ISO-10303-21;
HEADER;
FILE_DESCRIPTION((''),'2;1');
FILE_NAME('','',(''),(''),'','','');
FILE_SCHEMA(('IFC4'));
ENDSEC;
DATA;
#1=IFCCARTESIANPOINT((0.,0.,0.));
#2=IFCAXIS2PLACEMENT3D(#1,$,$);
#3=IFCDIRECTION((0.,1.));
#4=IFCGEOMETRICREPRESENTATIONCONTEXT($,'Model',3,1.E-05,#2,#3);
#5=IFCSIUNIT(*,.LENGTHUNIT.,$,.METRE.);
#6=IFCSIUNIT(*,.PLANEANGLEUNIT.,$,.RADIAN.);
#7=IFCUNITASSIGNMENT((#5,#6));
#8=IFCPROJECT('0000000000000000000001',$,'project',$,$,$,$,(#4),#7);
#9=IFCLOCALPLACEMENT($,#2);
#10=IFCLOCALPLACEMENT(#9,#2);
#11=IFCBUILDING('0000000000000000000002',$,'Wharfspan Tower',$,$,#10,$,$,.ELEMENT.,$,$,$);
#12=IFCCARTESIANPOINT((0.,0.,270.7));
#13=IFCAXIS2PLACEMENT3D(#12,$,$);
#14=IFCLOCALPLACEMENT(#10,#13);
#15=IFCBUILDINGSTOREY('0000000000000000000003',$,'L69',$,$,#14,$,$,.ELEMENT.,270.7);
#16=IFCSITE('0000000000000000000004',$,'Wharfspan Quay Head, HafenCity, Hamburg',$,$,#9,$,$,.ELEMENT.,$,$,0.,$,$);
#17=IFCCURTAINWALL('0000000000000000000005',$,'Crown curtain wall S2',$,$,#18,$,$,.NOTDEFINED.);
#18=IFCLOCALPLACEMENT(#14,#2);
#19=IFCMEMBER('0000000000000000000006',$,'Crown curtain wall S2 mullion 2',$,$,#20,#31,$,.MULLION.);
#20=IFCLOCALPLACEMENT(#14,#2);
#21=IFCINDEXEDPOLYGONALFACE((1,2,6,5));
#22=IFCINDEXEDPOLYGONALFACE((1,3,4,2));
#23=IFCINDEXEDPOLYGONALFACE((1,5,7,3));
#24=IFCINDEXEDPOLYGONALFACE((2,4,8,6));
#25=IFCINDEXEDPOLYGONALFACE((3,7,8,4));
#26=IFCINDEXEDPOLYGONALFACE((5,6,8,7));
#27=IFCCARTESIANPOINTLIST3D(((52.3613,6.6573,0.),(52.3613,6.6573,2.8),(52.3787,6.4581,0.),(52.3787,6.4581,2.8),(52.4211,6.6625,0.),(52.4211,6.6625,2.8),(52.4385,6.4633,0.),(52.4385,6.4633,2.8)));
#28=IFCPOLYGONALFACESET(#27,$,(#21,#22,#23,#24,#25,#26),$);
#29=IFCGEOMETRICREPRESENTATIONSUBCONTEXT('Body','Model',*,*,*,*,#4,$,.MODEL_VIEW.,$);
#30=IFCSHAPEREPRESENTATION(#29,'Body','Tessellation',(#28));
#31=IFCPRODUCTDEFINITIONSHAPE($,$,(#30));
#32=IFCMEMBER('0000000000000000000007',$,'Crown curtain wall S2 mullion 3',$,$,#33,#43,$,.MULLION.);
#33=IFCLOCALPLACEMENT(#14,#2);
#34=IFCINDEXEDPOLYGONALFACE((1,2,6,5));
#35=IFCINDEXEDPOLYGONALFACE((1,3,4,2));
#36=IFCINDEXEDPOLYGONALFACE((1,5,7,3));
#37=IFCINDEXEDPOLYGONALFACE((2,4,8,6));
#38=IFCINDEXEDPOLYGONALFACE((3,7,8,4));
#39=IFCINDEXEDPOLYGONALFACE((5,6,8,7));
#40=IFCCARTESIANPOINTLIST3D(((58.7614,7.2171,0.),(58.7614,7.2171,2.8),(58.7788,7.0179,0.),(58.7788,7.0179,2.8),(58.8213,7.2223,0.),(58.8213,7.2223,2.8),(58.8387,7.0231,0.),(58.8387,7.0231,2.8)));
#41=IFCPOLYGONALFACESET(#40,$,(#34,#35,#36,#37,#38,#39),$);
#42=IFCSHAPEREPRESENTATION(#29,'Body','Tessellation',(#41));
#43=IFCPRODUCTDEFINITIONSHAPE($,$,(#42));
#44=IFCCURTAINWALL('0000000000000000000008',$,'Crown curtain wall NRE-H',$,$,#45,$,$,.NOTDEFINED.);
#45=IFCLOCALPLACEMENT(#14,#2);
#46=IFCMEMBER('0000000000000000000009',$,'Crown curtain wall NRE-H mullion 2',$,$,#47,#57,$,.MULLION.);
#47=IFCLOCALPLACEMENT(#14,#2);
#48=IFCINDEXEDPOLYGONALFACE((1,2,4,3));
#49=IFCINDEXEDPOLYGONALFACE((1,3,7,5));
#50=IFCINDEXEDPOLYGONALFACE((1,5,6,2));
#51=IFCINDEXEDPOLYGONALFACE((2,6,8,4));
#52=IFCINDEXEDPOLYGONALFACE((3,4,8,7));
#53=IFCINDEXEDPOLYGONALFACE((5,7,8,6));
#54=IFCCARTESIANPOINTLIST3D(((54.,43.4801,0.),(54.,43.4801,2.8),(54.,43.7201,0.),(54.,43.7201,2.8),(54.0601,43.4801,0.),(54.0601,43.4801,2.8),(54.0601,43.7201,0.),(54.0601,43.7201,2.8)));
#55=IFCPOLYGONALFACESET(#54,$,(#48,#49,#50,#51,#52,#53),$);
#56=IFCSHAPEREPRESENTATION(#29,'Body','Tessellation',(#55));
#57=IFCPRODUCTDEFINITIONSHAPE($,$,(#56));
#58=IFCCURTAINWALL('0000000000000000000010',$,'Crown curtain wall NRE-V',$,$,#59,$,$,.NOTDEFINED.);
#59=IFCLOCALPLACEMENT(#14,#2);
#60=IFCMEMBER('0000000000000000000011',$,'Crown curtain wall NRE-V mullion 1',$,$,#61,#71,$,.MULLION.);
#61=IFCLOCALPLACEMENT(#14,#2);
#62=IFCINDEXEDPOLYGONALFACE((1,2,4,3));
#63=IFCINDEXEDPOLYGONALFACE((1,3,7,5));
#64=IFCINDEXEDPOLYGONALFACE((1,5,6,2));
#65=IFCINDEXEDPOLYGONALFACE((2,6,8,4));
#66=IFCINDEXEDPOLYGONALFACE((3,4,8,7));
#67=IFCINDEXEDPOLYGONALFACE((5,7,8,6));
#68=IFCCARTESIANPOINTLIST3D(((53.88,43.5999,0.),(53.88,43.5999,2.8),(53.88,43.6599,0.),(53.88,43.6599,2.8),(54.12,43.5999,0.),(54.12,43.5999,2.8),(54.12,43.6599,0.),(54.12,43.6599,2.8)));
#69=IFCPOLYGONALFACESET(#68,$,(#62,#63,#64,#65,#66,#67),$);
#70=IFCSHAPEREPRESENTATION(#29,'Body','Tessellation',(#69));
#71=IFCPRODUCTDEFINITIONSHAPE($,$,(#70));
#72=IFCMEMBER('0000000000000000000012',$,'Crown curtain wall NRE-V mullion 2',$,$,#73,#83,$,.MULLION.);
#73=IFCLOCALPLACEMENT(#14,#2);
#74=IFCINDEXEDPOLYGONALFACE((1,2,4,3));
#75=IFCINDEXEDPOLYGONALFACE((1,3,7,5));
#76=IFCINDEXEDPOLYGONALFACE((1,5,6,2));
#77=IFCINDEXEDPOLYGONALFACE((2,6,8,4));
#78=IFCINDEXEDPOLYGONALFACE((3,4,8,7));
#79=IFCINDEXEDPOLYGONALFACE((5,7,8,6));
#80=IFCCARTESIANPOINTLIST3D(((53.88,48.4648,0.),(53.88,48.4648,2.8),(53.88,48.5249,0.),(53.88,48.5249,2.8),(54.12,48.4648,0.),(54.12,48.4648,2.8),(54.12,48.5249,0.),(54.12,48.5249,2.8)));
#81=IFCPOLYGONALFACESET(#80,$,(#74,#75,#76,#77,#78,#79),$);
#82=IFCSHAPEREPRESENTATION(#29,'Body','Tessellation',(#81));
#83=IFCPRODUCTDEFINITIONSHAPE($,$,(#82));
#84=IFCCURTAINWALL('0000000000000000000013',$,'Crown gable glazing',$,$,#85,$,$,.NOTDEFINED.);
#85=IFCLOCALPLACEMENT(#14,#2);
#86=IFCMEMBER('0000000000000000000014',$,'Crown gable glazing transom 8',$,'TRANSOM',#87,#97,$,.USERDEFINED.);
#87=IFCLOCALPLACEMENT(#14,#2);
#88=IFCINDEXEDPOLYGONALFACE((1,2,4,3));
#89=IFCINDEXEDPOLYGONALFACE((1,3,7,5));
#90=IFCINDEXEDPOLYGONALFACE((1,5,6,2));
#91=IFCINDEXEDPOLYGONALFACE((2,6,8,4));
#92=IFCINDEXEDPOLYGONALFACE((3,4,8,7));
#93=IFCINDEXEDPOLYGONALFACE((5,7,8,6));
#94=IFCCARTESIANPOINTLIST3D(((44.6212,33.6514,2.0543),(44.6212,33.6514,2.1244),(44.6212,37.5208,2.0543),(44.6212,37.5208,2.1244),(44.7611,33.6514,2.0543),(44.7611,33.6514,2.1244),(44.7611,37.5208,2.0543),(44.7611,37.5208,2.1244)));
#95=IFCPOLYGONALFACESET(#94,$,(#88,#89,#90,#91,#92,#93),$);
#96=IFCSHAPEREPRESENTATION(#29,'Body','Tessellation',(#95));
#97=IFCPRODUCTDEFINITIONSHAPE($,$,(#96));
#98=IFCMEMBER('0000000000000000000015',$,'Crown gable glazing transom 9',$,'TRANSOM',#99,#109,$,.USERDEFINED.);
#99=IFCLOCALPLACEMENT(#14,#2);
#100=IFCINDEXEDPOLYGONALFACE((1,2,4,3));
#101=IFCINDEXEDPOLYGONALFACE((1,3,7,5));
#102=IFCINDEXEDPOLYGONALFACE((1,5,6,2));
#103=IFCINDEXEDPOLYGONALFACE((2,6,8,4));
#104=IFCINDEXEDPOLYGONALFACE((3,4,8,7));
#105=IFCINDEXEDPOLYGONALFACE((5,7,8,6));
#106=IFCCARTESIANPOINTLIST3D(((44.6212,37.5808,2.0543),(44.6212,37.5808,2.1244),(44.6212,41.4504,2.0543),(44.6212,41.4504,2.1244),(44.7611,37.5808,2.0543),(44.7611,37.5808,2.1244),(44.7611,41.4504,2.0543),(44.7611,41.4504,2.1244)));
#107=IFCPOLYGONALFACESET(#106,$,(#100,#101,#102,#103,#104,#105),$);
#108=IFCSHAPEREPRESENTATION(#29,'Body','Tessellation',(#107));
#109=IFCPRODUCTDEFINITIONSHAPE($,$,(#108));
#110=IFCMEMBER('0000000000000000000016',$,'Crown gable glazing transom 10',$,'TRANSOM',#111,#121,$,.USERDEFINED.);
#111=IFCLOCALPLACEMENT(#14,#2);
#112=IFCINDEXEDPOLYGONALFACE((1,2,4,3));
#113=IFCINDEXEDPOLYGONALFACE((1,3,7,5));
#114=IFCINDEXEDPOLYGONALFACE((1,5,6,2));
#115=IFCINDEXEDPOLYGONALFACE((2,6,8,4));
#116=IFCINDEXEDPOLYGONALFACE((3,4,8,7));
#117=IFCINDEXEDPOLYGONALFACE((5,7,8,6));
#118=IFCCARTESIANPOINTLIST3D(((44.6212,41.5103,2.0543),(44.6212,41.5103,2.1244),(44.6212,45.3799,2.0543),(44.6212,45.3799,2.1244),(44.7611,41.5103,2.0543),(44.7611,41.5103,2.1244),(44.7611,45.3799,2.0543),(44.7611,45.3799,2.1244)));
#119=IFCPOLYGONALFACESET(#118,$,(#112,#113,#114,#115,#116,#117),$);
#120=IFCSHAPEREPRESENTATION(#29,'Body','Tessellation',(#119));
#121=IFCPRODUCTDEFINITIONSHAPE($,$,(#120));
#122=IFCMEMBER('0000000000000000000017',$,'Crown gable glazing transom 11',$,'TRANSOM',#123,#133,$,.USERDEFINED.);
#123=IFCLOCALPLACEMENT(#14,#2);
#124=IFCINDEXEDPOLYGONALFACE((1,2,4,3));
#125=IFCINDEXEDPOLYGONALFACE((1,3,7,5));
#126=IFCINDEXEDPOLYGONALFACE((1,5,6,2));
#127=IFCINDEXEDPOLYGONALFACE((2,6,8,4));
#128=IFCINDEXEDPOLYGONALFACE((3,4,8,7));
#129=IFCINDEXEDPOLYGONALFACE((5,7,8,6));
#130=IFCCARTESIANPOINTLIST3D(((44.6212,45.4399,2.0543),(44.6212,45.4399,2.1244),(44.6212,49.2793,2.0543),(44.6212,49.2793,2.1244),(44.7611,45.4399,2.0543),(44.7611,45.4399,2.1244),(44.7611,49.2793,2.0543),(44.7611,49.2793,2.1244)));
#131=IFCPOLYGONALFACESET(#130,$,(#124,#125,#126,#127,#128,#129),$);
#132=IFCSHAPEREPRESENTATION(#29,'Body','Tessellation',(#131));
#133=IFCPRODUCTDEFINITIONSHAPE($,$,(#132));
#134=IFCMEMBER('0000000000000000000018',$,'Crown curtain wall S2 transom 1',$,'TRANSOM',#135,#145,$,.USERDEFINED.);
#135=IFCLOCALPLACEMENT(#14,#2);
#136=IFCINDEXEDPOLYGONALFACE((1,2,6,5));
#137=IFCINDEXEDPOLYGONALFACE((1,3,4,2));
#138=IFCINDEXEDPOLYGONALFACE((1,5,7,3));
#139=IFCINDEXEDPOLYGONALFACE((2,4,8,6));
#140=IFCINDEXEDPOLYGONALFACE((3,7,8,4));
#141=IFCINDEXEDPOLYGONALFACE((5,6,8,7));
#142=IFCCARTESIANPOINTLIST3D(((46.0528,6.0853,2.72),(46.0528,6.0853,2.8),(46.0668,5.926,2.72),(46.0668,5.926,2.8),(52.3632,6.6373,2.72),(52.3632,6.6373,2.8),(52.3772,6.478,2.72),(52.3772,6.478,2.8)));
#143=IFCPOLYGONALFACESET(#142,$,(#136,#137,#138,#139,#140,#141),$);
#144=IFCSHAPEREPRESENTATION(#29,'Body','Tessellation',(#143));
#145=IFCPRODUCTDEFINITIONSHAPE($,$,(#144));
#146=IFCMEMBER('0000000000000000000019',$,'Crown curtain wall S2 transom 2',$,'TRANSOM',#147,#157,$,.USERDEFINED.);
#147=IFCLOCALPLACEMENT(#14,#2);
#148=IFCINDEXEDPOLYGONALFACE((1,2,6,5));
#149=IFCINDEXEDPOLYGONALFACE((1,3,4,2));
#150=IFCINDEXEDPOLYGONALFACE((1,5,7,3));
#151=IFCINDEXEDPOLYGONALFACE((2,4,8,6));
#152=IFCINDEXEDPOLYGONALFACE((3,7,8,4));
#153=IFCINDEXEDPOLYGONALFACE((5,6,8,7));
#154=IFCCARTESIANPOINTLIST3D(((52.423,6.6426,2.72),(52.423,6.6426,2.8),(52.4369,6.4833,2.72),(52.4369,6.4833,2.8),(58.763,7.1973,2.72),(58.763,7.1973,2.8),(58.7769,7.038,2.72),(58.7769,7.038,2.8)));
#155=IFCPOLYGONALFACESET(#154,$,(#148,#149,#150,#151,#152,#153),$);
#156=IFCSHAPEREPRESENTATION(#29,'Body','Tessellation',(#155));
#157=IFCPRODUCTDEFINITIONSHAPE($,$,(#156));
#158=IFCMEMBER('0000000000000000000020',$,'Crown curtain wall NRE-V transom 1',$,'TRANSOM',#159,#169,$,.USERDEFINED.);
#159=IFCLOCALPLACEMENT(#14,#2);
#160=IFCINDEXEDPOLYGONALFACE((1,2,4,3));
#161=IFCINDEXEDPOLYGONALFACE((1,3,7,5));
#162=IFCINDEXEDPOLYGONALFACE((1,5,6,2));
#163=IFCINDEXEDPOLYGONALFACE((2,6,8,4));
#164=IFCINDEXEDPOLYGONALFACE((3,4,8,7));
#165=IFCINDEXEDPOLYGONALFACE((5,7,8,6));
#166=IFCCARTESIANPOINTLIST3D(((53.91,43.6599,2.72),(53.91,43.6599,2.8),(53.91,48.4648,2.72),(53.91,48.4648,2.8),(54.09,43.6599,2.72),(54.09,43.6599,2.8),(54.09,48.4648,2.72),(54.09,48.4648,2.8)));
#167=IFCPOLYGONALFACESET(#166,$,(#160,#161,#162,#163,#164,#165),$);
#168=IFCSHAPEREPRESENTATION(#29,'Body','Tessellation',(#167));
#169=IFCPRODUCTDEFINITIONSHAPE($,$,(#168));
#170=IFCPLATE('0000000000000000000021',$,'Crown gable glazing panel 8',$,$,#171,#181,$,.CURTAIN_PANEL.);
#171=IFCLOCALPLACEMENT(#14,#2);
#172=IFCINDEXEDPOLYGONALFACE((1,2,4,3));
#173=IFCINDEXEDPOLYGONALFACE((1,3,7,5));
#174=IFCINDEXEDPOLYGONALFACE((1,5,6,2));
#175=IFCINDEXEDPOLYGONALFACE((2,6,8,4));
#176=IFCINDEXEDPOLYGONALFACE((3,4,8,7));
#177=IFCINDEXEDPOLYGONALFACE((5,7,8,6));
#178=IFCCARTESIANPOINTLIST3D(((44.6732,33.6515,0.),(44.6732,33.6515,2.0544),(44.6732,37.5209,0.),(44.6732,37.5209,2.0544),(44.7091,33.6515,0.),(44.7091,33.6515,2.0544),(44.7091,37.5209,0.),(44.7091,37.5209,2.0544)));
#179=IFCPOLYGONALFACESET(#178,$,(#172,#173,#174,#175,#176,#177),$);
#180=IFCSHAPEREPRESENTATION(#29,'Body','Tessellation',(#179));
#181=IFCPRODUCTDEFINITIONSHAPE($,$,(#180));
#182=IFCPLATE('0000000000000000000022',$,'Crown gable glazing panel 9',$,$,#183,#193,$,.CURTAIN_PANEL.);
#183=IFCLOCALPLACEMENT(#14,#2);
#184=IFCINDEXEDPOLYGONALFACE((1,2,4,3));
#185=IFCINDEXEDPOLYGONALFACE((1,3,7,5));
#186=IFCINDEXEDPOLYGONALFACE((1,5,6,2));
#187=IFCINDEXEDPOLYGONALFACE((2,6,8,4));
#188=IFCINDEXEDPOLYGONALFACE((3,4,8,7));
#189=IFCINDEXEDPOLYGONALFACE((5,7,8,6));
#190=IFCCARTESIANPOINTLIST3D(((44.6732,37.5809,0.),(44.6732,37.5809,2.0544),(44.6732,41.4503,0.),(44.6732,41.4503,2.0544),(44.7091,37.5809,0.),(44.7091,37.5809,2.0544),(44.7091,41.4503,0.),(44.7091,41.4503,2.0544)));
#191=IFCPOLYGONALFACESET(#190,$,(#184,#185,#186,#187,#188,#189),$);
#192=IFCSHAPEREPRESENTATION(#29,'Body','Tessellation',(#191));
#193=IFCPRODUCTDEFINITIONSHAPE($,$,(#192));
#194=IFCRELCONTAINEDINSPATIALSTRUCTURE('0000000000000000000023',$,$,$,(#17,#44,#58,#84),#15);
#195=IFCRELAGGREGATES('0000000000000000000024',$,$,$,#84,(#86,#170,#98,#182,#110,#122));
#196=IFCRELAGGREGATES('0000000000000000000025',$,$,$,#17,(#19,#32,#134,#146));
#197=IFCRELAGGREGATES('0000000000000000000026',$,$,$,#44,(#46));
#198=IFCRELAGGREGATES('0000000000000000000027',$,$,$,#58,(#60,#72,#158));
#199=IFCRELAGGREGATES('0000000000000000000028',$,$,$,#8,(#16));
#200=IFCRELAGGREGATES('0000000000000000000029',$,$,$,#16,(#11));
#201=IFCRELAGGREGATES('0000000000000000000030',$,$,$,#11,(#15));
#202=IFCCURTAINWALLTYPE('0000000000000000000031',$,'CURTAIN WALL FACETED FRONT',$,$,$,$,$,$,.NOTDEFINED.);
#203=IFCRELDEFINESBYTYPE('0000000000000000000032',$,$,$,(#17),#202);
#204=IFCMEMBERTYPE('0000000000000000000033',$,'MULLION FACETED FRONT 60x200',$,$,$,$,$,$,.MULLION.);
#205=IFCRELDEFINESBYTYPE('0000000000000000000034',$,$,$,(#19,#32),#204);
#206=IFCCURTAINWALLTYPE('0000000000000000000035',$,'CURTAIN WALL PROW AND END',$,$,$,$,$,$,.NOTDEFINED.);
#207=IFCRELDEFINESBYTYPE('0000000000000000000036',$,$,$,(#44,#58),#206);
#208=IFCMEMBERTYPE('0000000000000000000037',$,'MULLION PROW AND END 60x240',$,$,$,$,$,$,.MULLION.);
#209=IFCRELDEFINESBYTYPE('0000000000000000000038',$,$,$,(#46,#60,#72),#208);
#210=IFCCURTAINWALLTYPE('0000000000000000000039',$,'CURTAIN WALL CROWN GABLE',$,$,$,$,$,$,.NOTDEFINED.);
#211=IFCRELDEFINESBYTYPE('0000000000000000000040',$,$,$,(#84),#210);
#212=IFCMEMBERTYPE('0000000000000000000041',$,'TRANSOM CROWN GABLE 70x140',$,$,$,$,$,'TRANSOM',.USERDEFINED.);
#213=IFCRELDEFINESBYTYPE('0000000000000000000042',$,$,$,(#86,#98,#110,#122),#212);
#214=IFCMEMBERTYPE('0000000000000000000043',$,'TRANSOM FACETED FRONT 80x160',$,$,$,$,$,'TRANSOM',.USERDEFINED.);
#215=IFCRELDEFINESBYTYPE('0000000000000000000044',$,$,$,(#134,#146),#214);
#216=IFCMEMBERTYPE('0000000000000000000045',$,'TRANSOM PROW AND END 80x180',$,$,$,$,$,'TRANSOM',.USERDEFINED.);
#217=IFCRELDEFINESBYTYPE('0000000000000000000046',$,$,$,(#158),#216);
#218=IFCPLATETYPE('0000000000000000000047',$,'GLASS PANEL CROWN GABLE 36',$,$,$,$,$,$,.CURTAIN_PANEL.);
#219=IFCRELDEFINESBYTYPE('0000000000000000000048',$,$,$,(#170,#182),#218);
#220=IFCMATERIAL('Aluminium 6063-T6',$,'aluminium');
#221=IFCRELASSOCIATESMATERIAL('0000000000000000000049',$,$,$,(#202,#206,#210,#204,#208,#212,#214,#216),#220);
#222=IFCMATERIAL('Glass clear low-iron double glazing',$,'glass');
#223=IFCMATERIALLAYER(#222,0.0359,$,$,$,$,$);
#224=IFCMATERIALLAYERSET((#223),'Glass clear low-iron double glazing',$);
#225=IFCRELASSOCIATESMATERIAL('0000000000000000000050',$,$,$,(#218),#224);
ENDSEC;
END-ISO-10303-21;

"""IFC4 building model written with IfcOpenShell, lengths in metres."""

from ifc_helpers import new_model, si_unit, direction, frame, origin, origin_2d, place, context, subcontext, project, spatial, rectangle, extrude, material, layer, layer_set, material_profile, profile_set, type_object, element, aggregate, save


model = new_model("IFC4")

# Units and contexts
model_context = context("Model", 3, precision=1e-05, world=origin(), true_north=direction((0.0, 1.0)))
body_context = subcontext(model_context, "Body", "Model", "MODEL_VIEW")
ifc_project = project(units=[si_unit("LENGTHUNIT", "METRE"), si_unit("PLANEANGLEUNIT", "RADIAN")], contexts=[model_context])

# Site, building, storey
site_placement = place(None, origin())
site = spatial("IfcSite", under=ifc_project, at=site_placement, Name="Wharfspan Quay Head, HafenCity, Hamburg", CompositionType="ELEMENT", RefElevation=0.0)
building_placement = place(site_placement, origin())
building = spatial("IfcBuilding", under=site, at=building_placement, Name="Wharfspan Tower", CompositionType="ELEMENT")
storey_placement = place(building_placement, frame((0.0, 0.0, 270.7)))
storey = spatial("IfcBuildingStorey", under=building, at=storey_placement, Name="L69", CompositionType="ELEMENT", Elevation=270.7)

# Curtain wall, members
ifc_material_1 = material(Name="Aluminium 6063-T6", Category="aluminium")
curtain_wall_type_1 = type_object("IfcCurtainWallType", Name="CURTAIN WALL FACETED FRONT", PredefinedType="NOTDEFINED", material=ifc_material_1)
curtain_wall_1_placement = place(storey_placement, origin())
curtain_wall_1 = element("IfcCurtainWall", 1, at=curtain_wall_1_placement, inside=storey, type_object=curtain_wall_type_1, Name="Crown curtain wall S2", PredefinedType="NOTDEFINED")
ifc_material_profile_1 = material_profile(ifc_material_1, rectangle(XDim=0.2, YDim=0.0601, at=origin_2d()))
ifc_profile_set_1 = profile_set([ifc_material_profile_1], Name="Aluminium 6063-T6")
member_type_1 = type_object("IfcMemberType", Name="MULLION FACETED FRONT 60x200", PredefinedType="MULLION", material=ifc_profile_set_1)
member_1_placement = place(storey_placement, frame((52.3999, 6.5603, 0.0), z_axis=(0.0, 0.0, 1.0), x_axis=(-0.087156, 0.996198, 0.0)))
member_1 = element("IfcMember", 2, at=member_1_placement, type_object=member_type_1, Name="Crown curtain wall S2 mullion 2", PredefinedType="MULLION", context=body_context, shape_type="SweptSolid", body=[
    extrude(rectangle(XDim=0.2, YDim=0.0601, at=origin_2d()), origin(), (0.0, 0.0, 1.0), 2.8),
])
member_2_placement = place(storey_placement, frame((58.8, 7.1201, 0.0), z_axis=(0.0, 0.0, 1.0), x_axis=(-0.087156, 0.996198, 0.0)))
member_2 = element("IfcMember", 3, at=member_2_placement, type_object=member_type_1, Name="Crown curtain wall S2 mullion 3", PredefinedType="MULLION", context=body_context, shape_type="SweptSolid", body=[
    extrude(rectangle(XDim=0.2, YDim=0.0601, at=origin_2d()), origin(), (0.0, 0.0, 1.0), 2.8),
])

# Curtain wall, member
curtain_wall_type_2 = type_object("IfcCurtainWallType", Name="CURTAIN WALL PROW AND END", PredefinedType="NOTDEFINED", material=ifc_material_1)
curtain_wall_2_placement = place(storey_placement, origin())
curtain_wall_2 = element("IfcCurtainWall", 4, at=curtain_wall_2_placement, inside=storey, type_object=curtain_wall_type_2, Name="Crown curtain wall NRE-H", PredefinedType="NOTDEFINED")
ifc_material_profile_2 = material_profile(ifc_material_1, rectangle(XDim=0.24, YDim=0.0601, at=origin_2d()))
ifc_profile_set_2 = profile_set([ifc_material_profile_2], Name="Aluminium 6063-T6")
member_type_2 = type_object("IfcMemberType", Name="MULLION PROW AND END 60x240", PredefinedType="MULLION", material=ifc_profile_set_2)
member_3_placement = place(storey_placement, frame((54.03, 43.6001, 0.0), z_axis=(0.0, 0.0, 1.0), x_axis=(0.0, -1.0, 0.0)))
member_3 = element("IfcMember", 5, at=member_3_placement, type_object=member_type_2, Name="Crown curtain wall NRE-H mullion 2", PredefinedType="MULLION", context=body_context, shape_type="SweptSolid", body=[
    extrude(rectangle(XDim=0.24, YDim=0.0601, at=origin_2d()), origin(), (0.0, 0.0, 1.0), 2.8),
])

# Curtain walls, members
curtain_wall_3_placement = place(storey_placement, origin())
curtain_wall_3 = element("IfcCurtainWall", 6, at=curtain_wall_3_placement, inside=storey, type_object=curtain_wall_type_2, Name="Crown curtain wall NRE-V", PredefinedType="NOTDEFINED")
member_4_placement = place(storey_placement, frame((54.0, 43.6299, 0.0), z_axis=(0.0, 0.0, 1.0), x_axis=(-1.0, 0.0, 0.0)))
member_4 = element("IfcMember", 7, at=member_4_placement, type_object=member_type_2, Name="Crown curtain wall NRE-V mullion 1", PredefinedType="MULLION", context=body_context, shape_type="SweptSolid", body=[
    extrude(rectangle(XDim=0.24, YDim=0.0601, at=origin_2d()), origin(), (0.0, 0.0, 1.0), 2.8),
])
member_5_placement = place(storey_placement, frame((54.0, 48.4949, 0.0), z_axis=(0.0, 0.0, 1.0), x_axis=(-1.0, 0.0, 0.0)))
member_5 = element("IfcMember", 8, at=member_5_placement, type_object=member_type_2, Name="Crown curtain wall NRE-V mullion 2", PredefinedType="MULLION", context=body_context, shape_type="SweptSolid", body=[
    extrude(rectangle(XDim=0.24, YDim=0.0601, at=origin_2d()), origin(), (0.0, 0.0, 1.0), 2.8),
])
curtain_wall_type_3 = type_object("IfcCurtainWallType", Name="CURTAIN WALL CROWN GABLE", PredefinedType="NOTDEFINED", material=ifc_material_1)
curtain_wall_4_placement = place(storey_placement, origin())
curtain_wall_4 = element("IfcCurtainWall", 9, at=curtain_wall_4_placement, inside=storey, type_object=curtain_wall_type_3, Name="Crown gable glazing", PredefinedType="NOTDEFINED")
ifc_material_profile_3 = material_profile(ifc_material_1, rectangle(XDim=0.1399, YDim=0.0701, at=origin_2d()))
ifc_profile_set_3 = profile_set([ifc_material_profile_3], Name="Aluminium 6063-T6")
member_type_3 = type_object("IfcMemberType", Name="TRANSOM CROWN GABLE 70x140", ElementType="TRANSOM", PredefinedType="USERDEFINED", material=ifc_profile_set_3)
member_6_placement = place(storey_placement, frame((44.6912, 33.6514, 2.0894), z_axis=(0.0, 1.0, 0.0), x_axis=(-1.0, 0.0, 0.0)))
member_6 = element("IfcMember", 10, at=member_6_placement, type_object=member_type_3, Name="Crown gable glazing transom 8", ObjectType="TRANSOM", PredefinedType="USERDEFINED", context=body_context, shape_type="SweptSolid", body=[
    extrude(rectangle(XDim=0.1399, YDim=0.0701, at=origin_2d()), origin(), (0.0, 0.0, 1.0), 3.8694),
])
member_7_placement = place(storey_placement, frame((44.6912, 37.5808, 2.0894), z_axis=(0.0, 1.0, 0.0), x_axis=(-1.0, 0.0, 0.0)))
member_7 = element("IfcMember", 11, at=member_7_placement, type_object=member_type_3, Name="Crown gable glazing transom 9", ObjectType="TRANSOM", PredefinedType="USERDEFINED", context=body_context, shape_type="SweptSolid", body=[
    extrude(rectangle(XDim=0.1399, YDim=0.0701, at=origin_2d()), origin(), (0.0, 0.0, 1.0), 3.8696),
])
member_8_placement = place(storey_placement, frame((44.6912, 41.5103, 2.0894), z_axis=(0.0, 1.0, 0.0), x_axis=(-1.0, 0.0, 0.0)))
member_8 = element("IfcMember", 12, at=member_8_placement, type_object=member_type_3, Name="Crown gable glazing transom 10", ObjectType="TRANSOM", PredefinedType="USERDEFINED", context=body_context, shape_type="SweptSolid", body=[
    extrude(rectangle(XDim=0.1399, YDim=0.0701, at=origin_2d()), origin(), (0.0, 0.0, 1.0), 3.8696),
])
member_9_placement = place(storey_placement, frame((44.6912, 45.4399, 2.0894), z_axis=(0.0, 1.0, 0.0), x_axis=(-1.0, 0.0, 0.0)))
member_9 = element("IfcMember", 13, at=member_9_placement, type_object=member_type_3, Name="Crown gable glazing transom 11", ObjectType="TRANSOM", PredefinedType="USERDEFINED", context=body_context, shape_type="SweptSolid", body=[
    extrude(rectangle(XDim=0.1399, YDim=0.0701, at=origin_2d()), origin(), (0.0, 0.0, 1.0), 3.8394),
])

# Members
ifc_material_profile_4 = material_profile(ifc_material_1, rectangle(XDim=0.1599, YDim=0.0801, at=origin_2d()))
ifc_profile_set_4 = profile_set([ifc_material_profile_4], Name="Aluminium 6063-T6")
member_type_4 = type_object("IfcMemberType", Name="TRANSOM FACETED FRONT 80x160", ElementType="TRANSOM", PredefinedType="USERDEFINED", material=ifc_profile_set_4)
member_10_placement = place(storey_placement, frame((46.0598, 6.0056, 2.76), z_axis=(0.996196, 0.087144, 0.0), x_axis=(-0.087144, 0.996196, 0.0)))
member_10 = element("IfcMember", 14, at=member_10_placement, type_object=member_type_4, Name="Crown curtain wall S2 transom 1", ObjectType="TRANSOM", PredefinedType="USERDEFINED", context=body_context, shape_type="SweptSolid", body=[
    extrude(rectangle(XDim=0.1599, YDim=0.0801, at=origin_2d()), origin(), (0.0, 0.0, 1.0), 6.3345),
])
member_11_placement = place(storey_placement, frame((52.4299, 6.563, 2.76), z_axis=(0.996195, 0.087156, 0.0), x_axis=(-0.087156, 0.996195, 0.0)))
member_11 = element("IfcMember", 15, at=member_11_placement, type_object=member_type_4, Name="Crown curtain wall S2 transom 2", ObjectType="TRANSOM", PredefinedType="USERDEFINED", context=body_context, shape_type="SweptSolid", body=[
    extrude(rectangle(XDim=0.1599, YDim=0.0801, at=origin_2d()), origin(), (0.0, 0.0, 1.0), 6.3643),
])
ifc_material_profile_5 = material_profile(ifc_material_1, rectangle(XDim=0.1799, YDim=0.0801, at=origin_2d()))
ifc_profile_set_5 = profile_set([ifc_material_profile_5], Name="Aluminium 6063-T6")
member_type_5 = type_object("IfcMemberType", Name="TRANSOM PROW AND END 80x180", ElementType="TRANSOM", PredefinedType="USERDEFINED", material=ifc_profile_set_5)
member_12_placement = place(storey_placement, frame((54.0, 43.6599, 2.76), z_axis=(0.0, 1.0, 0.0), x_axis=(-1.0, 0.0, 0.0)))
member_12 = element("IfcMember", 16, at=member_12_placement, type_object=member_type_5, Name="Crown curtain wall NRE-V transom 1", ObjectType="TRANSOM", PredefinedType="USERDEFINED", context=body_context, shape_type="SweptSolid", body=[
    extrude(rectangle(XDim=0.1799, YDim=0.0801, at=origin_2d()), origin(), (0.0, 0.0, 1.0), 4.8049),
])

# Plates
ifc_material_2 = material(Name="Glass clear low-iron double glazing", Category="glass")
ifc_layer_1 = layer(ifc_material_2, 0.0359)
ifc_layer_set_1 = layer_set([ifc_layer_1], Name="Glass clear low-iron double glazing")
plate_type_1 = type_object("IfcPlateType", Name="GLASS PANEL CROWN GABLE 36", PredefinedType="CURTAIN_PANEL", material=ifc_layer_set_1)
plate_1_placement = place(storey_placement, frame((44.6912, 35.5862, 0.0), z_axis=(0.0, 0.0, 1.0), x_axis=(0.0, 1.0, 0.0)))
plate_1 = element("IfcPlate", 17, at=plate_1_placement, type_object=plate_type_1, Name="Crown gable glazing panel 8", PredefinedType="CURTAIN_PANEL", context=body_context, shape_type="SweptSolid", body=[
    extrude(rectangle(XDim=3.8694, YDim=0.0359, at=origin_2d()), origin(), (0.0, 0.0, 1.0), 2.0544),
])
plate_2_placement = place(storey_placement, frame((44.6912, 39.5156, 0.0), z_axis=(0.0, 0.0, 1.0), x_axis=(0.0, 1.0, 0.0)))
plate_2 = element("IfcPlate", 18, at=plate_2_placement, type_object=plate_type_1, Name="Crown gable glazing panel 9", PredefinedType="CURTAIN_PANEL", context=body_context, shape_type="SweptSolid", body=[
    extrude(rectangle(XDim=3.8694, YDim=0.0359, at=origin_2d()), origin(), (0.0, 0.0, 1.0), 2.0544),
])
aggregate(curtain_wall_4, [member_6, plate_1, member_7, plate_2, member_8, member_9])
aggregate(curtain_wall_1, [member_1, member_2, member_10, member_11])
aggregate(curtain_wall_2, [member_3])
aggregate(curtain_wall_3, [member_4, member_5, member_12])

save(model, "model.ifc")
